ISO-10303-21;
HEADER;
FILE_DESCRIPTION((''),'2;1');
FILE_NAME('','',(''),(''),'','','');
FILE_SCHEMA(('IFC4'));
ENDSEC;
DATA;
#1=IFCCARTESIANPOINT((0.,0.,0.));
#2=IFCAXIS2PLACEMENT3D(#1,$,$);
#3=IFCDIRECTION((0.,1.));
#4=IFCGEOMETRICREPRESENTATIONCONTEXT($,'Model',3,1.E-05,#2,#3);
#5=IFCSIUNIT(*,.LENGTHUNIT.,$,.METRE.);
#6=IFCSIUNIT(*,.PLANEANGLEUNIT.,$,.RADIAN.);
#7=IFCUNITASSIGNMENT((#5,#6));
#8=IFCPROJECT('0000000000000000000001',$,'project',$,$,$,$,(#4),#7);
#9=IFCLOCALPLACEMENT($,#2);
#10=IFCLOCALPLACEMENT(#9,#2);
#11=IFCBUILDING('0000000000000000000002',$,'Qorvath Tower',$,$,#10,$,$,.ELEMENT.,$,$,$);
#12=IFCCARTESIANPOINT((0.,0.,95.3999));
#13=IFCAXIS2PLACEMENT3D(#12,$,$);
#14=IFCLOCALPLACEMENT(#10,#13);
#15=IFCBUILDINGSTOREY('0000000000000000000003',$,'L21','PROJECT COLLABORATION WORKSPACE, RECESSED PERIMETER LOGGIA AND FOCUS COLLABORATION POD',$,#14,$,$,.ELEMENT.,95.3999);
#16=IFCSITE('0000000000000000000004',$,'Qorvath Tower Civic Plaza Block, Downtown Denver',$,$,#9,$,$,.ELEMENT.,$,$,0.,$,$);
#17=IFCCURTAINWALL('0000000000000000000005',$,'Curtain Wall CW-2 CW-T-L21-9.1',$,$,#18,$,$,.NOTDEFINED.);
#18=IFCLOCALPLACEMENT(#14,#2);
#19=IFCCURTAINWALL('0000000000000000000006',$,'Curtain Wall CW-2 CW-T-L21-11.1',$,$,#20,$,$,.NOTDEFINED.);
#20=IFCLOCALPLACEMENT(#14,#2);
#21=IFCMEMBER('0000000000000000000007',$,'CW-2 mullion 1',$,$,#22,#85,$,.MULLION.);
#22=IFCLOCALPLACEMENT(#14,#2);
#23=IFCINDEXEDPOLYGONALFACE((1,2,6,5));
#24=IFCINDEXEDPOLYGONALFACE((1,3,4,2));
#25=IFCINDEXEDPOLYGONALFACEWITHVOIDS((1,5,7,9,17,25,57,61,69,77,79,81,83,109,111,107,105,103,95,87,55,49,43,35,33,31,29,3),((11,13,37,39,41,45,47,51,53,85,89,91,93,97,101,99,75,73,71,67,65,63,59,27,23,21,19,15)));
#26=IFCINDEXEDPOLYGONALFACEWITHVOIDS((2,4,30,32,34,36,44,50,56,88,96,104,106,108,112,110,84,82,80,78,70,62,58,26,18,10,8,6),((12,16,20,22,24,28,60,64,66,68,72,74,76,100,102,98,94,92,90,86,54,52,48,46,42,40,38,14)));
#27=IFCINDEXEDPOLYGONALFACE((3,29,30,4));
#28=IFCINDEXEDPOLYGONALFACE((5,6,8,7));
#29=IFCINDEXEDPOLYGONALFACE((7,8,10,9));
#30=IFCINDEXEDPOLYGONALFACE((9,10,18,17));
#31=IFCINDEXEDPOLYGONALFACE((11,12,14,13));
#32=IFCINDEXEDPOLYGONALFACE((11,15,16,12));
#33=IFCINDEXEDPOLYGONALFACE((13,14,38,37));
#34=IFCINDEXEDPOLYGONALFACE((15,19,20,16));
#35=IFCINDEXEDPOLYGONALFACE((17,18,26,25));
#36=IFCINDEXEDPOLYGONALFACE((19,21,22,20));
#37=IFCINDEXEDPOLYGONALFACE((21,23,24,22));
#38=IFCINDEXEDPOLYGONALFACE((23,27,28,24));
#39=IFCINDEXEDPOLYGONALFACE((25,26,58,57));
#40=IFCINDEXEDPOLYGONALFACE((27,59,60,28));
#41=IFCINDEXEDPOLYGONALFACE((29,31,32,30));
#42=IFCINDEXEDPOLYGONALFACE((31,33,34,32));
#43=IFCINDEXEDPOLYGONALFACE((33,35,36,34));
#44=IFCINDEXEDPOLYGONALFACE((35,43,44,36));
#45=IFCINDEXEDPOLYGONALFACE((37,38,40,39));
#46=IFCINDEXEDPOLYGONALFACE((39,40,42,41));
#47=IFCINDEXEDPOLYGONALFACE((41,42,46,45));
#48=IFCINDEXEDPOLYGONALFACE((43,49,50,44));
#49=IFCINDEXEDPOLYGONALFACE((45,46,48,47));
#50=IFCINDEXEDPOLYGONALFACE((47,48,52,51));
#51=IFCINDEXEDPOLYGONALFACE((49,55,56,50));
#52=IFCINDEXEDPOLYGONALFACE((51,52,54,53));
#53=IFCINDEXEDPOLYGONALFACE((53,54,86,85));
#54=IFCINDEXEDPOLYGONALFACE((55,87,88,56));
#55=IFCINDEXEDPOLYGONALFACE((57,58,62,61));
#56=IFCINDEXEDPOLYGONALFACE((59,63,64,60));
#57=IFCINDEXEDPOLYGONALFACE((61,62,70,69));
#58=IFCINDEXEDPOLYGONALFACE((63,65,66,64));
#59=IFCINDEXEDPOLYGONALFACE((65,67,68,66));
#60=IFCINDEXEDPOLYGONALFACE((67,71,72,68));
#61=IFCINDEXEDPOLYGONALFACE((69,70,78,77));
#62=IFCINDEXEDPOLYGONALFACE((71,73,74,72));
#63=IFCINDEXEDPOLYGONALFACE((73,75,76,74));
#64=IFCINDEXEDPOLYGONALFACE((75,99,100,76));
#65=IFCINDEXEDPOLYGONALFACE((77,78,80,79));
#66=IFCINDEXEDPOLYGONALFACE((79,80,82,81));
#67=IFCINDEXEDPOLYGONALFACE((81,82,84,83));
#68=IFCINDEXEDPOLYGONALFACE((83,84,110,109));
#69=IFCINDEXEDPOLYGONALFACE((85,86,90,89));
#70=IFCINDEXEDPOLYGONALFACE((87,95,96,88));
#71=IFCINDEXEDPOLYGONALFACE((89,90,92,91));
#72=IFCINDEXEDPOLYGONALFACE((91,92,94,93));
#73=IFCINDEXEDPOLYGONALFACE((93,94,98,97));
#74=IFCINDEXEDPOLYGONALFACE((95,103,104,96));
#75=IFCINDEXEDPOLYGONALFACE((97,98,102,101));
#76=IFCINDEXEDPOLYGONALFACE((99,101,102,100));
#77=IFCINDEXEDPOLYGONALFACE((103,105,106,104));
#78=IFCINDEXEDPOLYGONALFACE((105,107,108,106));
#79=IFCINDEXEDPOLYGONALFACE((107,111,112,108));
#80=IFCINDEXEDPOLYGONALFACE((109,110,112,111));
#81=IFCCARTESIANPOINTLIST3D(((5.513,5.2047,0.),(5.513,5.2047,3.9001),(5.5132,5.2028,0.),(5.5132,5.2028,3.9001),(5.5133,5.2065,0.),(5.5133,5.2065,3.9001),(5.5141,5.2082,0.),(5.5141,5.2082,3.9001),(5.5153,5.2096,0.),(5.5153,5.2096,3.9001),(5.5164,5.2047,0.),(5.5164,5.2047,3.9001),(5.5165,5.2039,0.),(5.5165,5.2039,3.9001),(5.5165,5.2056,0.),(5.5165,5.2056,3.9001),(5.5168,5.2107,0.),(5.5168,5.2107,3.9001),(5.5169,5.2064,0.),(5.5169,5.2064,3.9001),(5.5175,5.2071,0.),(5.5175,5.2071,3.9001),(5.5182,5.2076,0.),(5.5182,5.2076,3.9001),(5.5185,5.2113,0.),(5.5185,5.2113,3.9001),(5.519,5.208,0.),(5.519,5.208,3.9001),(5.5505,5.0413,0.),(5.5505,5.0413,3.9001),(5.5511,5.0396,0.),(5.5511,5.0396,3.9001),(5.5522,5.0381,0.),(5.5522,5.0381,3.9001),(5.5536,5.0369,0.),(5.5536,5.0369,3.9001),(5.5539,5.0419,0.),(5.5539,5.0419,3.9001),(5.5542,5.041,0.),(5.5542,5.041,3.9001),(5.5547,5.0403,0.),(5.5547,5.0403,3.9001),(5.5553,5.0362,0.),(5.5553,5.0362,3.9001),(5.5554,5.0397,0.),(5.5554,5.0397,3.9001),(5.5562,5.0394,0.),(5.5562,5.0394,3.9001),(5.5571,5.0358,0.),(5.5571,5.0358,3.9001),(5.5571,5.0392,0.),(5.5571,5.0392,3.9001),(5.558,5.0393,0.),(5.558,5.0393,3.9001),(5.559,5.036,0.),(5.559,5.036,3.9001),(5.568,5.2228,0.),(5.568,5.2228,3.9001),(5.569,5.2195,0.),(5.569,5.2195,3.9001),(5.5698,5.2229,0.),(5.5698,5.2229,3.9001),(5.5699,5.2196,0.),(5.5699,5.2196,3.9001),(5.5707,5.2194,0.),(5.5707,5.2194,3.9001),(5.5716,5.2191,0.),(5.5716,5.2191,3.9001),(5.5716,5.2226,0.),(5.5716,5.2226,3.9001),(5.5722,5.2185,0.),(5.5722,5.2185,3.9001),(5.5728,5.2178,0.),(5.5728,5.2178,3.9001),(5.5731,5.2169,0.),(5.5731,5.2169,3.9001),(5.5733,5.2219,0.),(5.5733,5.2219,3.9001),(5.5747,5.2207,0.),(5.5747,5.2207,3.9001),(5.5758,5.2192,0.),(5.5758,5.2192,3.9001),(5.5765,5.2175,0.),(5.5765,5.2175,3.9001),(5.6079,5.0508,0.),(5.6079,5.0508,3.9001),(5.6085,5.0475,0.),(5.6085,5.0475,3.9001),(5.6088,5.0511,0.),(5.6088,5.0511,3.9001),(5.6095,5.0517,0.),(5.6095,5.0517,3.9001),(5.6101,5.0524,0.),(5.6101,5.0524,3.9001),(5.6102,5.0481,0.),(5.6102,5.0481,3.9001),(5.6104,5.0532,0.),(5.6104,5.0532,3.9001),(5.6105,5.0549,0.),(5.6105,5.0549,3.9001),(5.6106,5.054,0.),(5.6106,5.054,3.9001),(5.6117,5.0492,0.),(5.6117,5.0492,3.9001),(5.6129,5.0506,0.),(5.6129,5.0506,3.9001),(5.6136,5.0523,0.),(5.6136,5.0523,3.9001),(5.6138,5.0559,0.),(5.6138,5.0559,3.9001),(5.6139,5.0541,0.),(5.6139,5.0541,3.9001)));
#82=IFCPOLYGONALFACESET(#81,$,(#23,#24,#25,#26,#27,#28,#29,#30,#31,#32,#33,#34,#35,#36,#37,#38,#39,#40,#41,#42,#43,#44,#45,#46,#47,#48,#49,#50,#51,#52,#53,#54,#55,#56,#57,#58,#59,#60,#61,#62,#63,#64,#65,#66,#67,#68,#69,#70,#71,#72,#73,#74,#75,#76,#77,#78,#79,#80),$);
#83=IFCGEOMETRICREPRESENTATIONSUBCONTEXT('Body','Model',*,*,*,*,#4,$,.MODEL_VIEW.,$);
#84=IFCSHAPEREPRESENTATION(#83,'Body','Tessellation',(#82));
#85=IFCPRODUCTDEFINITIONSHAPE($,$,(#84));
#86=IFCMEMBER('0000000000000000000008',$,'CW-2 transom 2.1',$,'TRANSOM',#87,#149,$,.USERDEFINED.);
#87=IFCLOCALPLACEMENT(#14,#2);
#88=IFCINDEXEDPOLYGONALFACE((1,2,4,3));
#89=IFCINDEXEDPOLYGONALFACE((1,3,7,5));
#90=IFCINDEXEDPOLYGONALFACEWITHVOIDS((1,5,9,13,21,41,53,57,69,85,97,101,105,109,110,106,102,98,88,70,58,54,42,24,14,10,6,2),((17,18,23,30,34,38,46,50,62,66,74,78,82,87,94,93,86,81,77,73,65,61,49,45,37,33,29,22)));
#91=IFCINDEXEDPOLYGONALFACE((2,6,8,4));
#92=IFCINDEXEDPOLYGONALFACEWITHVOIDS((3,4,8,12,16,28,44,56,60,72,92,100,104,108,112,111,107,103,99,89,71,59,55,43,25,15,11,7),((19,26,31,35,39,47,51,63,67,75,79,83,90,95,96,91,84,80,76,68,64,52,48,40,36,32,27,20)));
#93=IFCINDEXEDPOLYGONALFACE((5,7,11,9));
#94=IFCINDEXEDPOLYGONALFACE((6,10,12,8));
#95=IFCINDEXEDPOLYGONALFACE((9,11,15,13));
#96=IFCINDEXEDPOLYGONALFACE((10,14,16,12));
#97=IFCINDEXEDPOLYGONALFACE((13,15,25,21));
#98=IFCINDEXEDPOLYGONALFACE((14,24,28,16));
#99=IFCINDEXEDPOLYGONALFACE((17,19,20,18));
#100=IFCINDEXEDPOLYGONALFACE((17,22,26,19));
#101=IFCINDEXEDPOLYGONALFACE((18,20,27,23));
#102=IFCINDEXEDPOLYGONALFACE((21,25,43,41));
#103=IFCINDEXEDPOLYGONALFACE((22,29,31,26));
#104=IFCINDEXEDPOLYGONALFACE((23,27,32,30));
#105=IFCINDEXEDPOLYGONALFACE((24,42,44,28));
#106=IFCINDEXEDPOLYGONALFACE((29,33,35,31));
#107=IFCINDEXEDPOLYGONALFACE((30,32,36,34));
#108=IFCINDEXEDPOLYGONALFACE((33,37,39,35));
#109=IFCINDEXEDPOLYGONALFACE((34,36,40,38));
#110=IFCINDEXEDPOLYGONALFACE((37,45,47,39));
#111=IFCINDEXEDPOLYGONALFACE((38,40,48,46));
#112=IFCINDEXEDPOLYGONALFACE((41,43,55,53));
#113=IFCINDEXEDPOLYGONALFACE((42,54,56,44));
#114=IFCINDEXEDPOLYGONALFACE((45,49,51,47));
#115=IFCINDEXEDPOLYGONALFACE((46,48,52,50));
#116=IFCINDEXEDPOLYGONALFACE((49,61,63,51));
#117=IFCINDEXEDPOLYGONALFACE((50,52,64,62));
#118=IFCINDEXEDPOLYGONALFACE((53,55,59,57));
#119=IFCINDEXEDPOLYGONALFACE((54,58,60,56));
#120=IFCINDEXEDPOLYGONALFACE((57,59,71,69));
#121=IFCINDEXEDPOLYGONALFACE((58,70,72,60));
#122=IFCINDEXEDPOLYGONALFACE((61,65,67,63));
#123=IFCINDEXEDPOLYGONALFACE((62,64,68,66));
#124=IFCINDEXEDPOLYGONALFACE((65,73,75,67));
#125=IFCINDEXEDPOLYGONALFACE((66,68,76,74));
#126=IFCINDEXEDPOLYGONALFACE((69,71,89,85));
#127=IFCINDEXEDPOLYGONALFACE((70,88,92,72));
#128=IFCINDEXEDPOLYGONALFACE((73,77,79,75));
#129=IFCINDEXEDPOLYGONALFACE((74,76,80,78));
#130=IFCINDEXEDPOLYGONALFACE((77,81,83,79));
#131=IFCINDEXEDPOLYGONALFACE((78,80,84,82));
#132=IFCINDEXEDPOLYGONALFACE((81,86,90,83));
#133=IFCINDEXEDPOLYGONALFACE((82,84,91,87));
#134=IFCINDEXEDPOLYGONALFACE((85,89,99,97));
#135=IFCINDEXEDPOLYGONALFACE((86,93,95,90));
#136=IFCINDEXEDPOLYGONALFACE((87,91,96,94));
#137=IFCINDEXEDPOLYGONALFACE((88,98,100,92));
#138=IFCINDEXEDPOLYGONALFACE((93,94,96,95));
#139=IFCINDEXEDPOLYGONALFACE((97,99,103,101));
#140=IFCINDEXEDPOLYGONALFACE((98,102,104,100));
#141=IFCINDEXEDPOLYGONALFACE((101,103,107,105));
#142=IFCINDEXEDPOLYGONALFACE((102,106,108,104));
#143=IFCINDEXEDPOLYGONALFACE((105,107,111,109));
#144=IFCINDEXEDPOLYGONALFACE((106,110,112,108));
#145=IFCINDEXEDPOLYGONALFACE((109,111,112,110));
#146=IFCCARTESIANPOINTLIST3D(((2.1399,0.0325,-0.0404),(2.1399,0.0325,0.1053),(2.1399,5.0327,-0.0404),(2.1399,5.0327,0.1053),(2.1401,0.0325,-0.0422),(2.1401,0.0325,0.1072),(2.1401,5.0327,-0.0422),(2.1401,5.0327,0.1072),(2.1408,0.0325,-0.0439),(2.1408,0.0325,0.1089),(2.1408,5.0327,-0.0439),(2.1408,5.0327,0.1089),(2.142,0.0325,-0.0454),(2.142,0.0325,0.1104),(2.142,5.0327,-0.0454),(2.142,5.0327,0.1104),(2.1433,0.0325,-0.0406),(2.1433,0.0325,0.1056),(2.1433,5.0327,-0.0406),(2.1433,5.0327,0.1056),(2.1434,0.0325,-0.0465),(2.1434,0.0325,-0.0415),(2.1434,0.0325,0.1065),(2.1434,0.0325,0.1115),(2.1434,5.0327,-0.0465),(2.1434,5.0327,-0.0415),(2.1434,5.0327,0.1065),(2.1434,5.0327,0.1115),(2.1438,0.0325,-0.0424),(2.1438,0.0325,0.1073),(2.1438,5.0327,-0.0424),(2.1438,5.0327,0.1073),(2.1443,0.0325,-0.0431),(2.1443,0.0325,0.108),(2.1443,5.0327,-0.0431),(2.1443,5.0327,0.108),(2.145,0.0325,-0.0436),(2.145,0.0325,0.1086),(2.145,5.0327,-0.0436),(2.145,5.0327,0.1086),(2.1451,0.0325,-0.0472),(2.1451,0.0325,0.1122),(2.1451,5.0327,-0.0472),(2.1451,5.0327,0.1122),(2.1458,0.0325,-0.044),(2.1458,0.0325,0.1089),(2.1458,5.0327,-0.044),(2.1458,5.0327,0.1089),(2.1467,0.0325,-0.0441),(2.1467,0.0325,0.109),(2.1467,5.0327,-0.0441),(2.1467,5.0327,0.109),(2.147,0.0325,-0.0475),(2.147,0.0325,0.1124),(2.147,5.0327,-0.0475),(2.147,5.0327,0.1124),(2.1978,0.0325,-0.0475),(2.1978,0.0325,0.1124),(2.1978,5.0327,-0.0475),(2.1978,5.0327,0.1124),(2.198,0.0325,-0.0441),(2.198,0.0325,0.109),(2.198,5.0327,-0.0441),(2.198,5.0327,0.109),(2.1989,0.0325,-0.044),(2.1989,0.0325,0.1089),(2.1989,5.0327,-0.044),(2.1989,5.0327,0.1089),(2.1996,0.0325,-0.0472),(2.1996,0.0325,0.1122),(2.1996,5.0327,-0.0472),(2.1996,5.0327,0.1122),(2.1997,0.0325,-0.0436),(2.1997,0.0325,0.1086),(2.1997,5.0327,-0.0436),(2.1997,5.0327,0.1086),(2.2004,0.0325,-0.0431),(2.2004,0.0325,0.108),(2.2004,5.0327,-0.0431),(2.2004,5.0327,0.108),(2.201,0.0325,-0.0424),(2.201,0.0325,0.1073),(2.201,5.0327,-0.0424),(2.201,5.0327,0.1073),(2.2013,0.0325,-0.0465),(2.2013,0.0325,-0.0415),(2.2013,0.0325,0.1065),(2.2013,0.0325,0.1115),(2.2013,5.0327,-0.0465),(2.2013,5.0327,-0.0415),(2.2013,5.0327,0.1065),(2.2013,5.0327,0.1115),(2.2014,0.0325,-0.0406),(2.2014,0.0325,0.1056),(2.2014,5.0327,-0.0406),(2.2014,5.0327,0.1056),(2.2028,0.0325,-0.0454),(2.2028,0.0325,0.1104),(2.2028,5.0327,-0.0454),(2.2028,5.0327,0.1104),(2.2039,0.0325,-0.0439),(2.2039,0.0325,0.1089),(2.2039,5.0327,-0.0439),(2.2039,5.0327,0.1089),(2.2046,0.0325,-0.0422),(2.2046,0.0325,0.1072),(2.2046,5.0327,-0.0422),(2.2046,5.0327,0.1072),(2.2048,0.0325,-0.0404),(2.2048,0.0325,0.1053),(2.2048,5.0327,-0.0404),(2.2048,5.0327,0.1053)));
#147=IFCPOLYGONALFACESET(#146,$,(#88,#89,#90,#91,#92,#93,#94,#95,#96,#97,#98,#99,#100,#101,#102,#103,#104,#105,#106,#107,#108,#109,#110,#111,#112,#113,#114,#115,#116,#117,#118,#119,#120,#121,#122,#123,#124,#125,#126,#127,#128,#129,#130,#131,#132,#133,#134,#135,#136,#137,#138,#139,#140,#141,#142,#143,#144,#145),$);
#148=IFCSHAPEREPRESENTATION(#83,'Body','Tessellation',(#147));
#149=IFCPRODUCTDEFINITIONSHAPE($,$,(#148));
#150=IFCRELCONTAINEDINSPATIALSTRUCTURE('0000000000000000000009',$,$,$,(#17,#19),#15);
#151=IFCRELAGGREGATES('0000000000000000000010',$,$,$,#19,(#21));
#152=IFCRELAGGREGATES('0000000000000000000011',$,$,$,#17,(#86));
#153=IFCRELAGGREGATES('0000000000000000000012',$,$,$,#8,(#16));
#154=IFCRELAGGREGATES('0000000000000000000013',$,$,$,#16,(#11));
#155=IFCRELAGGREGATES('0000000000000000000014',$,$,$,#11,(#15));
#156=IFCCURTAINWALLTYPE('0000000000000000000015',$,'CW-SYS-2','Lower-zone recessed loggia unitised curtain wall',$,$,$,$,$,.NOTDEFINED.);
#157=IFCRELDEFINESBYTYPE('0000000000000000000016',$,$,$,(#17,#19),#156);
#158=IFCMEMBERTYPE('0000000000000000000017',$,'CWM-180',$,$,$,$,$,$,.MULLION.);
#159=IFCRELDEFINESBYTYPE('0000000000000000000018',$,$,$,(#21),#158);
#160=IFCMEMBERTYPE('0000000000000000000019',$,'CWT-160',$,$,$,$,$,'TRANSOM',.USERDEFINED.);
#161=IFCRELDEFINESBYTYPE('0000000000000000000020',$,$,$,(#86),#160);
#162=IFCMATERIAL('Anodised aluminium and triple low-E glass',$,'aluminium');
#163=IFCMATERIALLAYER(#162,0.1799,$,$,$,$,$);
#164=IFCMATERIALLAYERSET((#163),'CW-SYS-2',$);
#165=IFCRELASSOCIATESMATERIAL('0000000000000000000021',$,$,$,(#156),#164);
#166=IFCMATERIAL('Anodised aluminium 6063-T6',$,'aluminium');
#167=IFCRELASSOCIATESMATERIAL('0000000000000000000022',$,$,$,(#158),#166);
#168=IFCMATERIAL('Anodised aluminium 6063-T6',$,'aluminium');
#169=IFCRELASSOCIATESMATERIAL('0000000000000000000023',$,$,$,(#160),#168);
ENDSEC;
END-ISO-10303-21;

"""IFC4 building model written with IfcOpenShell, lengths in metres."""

from ifc_helpers import new_model, si_unit, direction, frame, origin, origin_2d, place, context, subcontext, project, spatial, hollow_rectangle, extrude, material, layer, layer_set, material_profile, profile_set, type_object, element, aggregate, save


model = new_model("IFC4")

# Units and contexts
model_context = context("Model", 3, precision=1e-05, world=origin(), true_north=direction((0.0, 1.0)))
body_context = subcontext(model_context, "Body", "Model", "MODEL_VIEW")
ifc_project = project(units=[si_unit("LENGTHUNIT", "METRE"), si_unit("PLANEANGLEUNIT", "RADIAN")], contexts=[model_context])

# Site, building, storey
site_placement = place(None, origin())
site = spatial("IfcSite", under=ifc_project, at=site_placement, Name="Qorvath Tower Civic Plaza Block, Downtown Denver", CompositionType="ELEMENT", RefElevation=0.0)
building_placement = place(site_placement, origin())
building = spatial("IfcBuilding", under=site, at=building_placement, Name="Qorvath Tower", CompositionType="ELEMENT")
storey_placement = place(building_placement, frame((0.0, 0.0, 95.3999)))
storey = spatial("IfcBuildingStorey", under=building, at=storey_placement, Name="L21", Description="PROJECT COLLABORATION WORKSPACE, RECESSED PERIMETER LOGGIA AND FOCUS COLLABORATION POD", CompositionType="ELEMENT", Elevation=95.3999)

# Curtain wall
ifc_material_1 = material(Name="Anodised aluminium and triple low-E glass", Category="aluminium")
ifc_layer_1 = layer(ifc_material_1, 0.1799)
ifc_layer_set_1 = layer_set([ifc_layer_1], Name="CW-SYS-2")
curtain_wall_type = type_object("IfcCurtainWallType", Name="CW-SYS-2", Description="Lower-zone recessed loggia unitised curtain wall", PredefinedType="NOTDEFINED", material=ifc_layer_set_1)
curtain_wall_1_placement = place(storey_placement, origin())
curtain_wall_1 = element("IfcCurtainWall", 1, at=curtain_wall_1_placement, inside=storey, type_object=curtain_wall_type, Name="Curtain Wall CW-2 CW-T-L21-9.1", PredefinedType="NOTDEFINED")
ifc_material_2 = material(Name="Anodised aluminium 6063-T6", Category="aluminium")
ifc_material_profile_1 = material_profile(ifc_material_2, hollow_rectangle(XDim=0.0649, YDim=0.1799, WallThickness=0.0034, InnerFilletRadius=0.0034, OuterFilletRadius=0.0071, at=origin_2d()), Name="CWM 180x65")
ifc_profile_set_1 = profile_set([ifc_material_profile_1], Name="Anodised aluminium 6063-T6")
member_type_1 = type_object("IfcMemberType", Name="CWM-180", PredefinedType="MULLION", material=ifc_profile_set_1)

# Curtain wall, member
curtain_wall_2_placement = place(storey_placement, origin())
curtain_wall_2 = element("IfcCurtainWall", 2, at=curtain_wall_2_placement, inside=storey, type_object=curtain_wall_type, Name="Curtain Wall CW-2 CW-T-L21-11.1", PredefinedType="NOTDEFINED")
member_1_placement = place(storey_placement, frame((5.5635, 5.1294, 0.0), z_axis=(0.0, 0.0, 1.0), x_axis=(-0.974351, -0.225034, 0.0)))
member_1 = element("IfcMember", 3, at=member_1_placement, type_object=member_type_1, Name="CW-2 mullion 1", PredefinedType="MULLION", context=body_context, shape_type="SweptSolid", body=[
    extrude(hollow_rectangle(XDim=0.0649, YDim=0.1799, WallThickness=0.0034, InnerFilletRadius=0.0034, OuterFilletRadius=0.0071, at=origin_2d()), origin(), (0.0, 0.0, 1.0), 3.9001),
])

# Member
ifc_material_3 = material(Name="Anodised aluminium 6063-T6", Category="aluminium")
ifc_material_profile_2 = material_profile(ifc_material_3, hollow_rectangle(XDim=0.0649, YDim=0.1599, WallThickness=0.0034, InnerFilletRadius=0.0034, OuterFilletRadius=0.0071, at=origin_2d()), Name="CWT 160x65")
ifc_profile_set_2 = profile_set([ifc_material_profile_2], Name="Anodised aluminium 6063-T6")
member_type_2 = type_object("IfcMemberType", Name="CWT-160", ElementType="TRANSOM", PredefinedType="USERDEFINED", material=ifc_profile_set_2)
member_2_placement = place(storey_placement, frame((2.1724, 0.0325, 0.0325), z_axis=(0.0, 1.0, 0.0), x_axis=(-1.0, 0.0, 0.0)))
member_2 = element("IfcMember", 4, at=member_2_placement, type_object=member_type_2, Name="CW-2 transom 2.1", ObjectType="TRANSOM", PredefinedType="USERDEFINED", context=body_context, shape_type="SweptSolid", body=[
    extrude(hollow_rectangle(XDim=0.0649, YDim=0.1599, WallThickness=0.0034, InnerFilletRadius=0.0034, OuterFilletRadius=0.0071, at=origin_2d()), origin(), (0.0, 0.0, 1.0), 5.0002),
])
aggregate(curtain_wall_2, [member_1])

aggregate(curtain_wall_1, [member_2])

save(model, "model.ifc")
